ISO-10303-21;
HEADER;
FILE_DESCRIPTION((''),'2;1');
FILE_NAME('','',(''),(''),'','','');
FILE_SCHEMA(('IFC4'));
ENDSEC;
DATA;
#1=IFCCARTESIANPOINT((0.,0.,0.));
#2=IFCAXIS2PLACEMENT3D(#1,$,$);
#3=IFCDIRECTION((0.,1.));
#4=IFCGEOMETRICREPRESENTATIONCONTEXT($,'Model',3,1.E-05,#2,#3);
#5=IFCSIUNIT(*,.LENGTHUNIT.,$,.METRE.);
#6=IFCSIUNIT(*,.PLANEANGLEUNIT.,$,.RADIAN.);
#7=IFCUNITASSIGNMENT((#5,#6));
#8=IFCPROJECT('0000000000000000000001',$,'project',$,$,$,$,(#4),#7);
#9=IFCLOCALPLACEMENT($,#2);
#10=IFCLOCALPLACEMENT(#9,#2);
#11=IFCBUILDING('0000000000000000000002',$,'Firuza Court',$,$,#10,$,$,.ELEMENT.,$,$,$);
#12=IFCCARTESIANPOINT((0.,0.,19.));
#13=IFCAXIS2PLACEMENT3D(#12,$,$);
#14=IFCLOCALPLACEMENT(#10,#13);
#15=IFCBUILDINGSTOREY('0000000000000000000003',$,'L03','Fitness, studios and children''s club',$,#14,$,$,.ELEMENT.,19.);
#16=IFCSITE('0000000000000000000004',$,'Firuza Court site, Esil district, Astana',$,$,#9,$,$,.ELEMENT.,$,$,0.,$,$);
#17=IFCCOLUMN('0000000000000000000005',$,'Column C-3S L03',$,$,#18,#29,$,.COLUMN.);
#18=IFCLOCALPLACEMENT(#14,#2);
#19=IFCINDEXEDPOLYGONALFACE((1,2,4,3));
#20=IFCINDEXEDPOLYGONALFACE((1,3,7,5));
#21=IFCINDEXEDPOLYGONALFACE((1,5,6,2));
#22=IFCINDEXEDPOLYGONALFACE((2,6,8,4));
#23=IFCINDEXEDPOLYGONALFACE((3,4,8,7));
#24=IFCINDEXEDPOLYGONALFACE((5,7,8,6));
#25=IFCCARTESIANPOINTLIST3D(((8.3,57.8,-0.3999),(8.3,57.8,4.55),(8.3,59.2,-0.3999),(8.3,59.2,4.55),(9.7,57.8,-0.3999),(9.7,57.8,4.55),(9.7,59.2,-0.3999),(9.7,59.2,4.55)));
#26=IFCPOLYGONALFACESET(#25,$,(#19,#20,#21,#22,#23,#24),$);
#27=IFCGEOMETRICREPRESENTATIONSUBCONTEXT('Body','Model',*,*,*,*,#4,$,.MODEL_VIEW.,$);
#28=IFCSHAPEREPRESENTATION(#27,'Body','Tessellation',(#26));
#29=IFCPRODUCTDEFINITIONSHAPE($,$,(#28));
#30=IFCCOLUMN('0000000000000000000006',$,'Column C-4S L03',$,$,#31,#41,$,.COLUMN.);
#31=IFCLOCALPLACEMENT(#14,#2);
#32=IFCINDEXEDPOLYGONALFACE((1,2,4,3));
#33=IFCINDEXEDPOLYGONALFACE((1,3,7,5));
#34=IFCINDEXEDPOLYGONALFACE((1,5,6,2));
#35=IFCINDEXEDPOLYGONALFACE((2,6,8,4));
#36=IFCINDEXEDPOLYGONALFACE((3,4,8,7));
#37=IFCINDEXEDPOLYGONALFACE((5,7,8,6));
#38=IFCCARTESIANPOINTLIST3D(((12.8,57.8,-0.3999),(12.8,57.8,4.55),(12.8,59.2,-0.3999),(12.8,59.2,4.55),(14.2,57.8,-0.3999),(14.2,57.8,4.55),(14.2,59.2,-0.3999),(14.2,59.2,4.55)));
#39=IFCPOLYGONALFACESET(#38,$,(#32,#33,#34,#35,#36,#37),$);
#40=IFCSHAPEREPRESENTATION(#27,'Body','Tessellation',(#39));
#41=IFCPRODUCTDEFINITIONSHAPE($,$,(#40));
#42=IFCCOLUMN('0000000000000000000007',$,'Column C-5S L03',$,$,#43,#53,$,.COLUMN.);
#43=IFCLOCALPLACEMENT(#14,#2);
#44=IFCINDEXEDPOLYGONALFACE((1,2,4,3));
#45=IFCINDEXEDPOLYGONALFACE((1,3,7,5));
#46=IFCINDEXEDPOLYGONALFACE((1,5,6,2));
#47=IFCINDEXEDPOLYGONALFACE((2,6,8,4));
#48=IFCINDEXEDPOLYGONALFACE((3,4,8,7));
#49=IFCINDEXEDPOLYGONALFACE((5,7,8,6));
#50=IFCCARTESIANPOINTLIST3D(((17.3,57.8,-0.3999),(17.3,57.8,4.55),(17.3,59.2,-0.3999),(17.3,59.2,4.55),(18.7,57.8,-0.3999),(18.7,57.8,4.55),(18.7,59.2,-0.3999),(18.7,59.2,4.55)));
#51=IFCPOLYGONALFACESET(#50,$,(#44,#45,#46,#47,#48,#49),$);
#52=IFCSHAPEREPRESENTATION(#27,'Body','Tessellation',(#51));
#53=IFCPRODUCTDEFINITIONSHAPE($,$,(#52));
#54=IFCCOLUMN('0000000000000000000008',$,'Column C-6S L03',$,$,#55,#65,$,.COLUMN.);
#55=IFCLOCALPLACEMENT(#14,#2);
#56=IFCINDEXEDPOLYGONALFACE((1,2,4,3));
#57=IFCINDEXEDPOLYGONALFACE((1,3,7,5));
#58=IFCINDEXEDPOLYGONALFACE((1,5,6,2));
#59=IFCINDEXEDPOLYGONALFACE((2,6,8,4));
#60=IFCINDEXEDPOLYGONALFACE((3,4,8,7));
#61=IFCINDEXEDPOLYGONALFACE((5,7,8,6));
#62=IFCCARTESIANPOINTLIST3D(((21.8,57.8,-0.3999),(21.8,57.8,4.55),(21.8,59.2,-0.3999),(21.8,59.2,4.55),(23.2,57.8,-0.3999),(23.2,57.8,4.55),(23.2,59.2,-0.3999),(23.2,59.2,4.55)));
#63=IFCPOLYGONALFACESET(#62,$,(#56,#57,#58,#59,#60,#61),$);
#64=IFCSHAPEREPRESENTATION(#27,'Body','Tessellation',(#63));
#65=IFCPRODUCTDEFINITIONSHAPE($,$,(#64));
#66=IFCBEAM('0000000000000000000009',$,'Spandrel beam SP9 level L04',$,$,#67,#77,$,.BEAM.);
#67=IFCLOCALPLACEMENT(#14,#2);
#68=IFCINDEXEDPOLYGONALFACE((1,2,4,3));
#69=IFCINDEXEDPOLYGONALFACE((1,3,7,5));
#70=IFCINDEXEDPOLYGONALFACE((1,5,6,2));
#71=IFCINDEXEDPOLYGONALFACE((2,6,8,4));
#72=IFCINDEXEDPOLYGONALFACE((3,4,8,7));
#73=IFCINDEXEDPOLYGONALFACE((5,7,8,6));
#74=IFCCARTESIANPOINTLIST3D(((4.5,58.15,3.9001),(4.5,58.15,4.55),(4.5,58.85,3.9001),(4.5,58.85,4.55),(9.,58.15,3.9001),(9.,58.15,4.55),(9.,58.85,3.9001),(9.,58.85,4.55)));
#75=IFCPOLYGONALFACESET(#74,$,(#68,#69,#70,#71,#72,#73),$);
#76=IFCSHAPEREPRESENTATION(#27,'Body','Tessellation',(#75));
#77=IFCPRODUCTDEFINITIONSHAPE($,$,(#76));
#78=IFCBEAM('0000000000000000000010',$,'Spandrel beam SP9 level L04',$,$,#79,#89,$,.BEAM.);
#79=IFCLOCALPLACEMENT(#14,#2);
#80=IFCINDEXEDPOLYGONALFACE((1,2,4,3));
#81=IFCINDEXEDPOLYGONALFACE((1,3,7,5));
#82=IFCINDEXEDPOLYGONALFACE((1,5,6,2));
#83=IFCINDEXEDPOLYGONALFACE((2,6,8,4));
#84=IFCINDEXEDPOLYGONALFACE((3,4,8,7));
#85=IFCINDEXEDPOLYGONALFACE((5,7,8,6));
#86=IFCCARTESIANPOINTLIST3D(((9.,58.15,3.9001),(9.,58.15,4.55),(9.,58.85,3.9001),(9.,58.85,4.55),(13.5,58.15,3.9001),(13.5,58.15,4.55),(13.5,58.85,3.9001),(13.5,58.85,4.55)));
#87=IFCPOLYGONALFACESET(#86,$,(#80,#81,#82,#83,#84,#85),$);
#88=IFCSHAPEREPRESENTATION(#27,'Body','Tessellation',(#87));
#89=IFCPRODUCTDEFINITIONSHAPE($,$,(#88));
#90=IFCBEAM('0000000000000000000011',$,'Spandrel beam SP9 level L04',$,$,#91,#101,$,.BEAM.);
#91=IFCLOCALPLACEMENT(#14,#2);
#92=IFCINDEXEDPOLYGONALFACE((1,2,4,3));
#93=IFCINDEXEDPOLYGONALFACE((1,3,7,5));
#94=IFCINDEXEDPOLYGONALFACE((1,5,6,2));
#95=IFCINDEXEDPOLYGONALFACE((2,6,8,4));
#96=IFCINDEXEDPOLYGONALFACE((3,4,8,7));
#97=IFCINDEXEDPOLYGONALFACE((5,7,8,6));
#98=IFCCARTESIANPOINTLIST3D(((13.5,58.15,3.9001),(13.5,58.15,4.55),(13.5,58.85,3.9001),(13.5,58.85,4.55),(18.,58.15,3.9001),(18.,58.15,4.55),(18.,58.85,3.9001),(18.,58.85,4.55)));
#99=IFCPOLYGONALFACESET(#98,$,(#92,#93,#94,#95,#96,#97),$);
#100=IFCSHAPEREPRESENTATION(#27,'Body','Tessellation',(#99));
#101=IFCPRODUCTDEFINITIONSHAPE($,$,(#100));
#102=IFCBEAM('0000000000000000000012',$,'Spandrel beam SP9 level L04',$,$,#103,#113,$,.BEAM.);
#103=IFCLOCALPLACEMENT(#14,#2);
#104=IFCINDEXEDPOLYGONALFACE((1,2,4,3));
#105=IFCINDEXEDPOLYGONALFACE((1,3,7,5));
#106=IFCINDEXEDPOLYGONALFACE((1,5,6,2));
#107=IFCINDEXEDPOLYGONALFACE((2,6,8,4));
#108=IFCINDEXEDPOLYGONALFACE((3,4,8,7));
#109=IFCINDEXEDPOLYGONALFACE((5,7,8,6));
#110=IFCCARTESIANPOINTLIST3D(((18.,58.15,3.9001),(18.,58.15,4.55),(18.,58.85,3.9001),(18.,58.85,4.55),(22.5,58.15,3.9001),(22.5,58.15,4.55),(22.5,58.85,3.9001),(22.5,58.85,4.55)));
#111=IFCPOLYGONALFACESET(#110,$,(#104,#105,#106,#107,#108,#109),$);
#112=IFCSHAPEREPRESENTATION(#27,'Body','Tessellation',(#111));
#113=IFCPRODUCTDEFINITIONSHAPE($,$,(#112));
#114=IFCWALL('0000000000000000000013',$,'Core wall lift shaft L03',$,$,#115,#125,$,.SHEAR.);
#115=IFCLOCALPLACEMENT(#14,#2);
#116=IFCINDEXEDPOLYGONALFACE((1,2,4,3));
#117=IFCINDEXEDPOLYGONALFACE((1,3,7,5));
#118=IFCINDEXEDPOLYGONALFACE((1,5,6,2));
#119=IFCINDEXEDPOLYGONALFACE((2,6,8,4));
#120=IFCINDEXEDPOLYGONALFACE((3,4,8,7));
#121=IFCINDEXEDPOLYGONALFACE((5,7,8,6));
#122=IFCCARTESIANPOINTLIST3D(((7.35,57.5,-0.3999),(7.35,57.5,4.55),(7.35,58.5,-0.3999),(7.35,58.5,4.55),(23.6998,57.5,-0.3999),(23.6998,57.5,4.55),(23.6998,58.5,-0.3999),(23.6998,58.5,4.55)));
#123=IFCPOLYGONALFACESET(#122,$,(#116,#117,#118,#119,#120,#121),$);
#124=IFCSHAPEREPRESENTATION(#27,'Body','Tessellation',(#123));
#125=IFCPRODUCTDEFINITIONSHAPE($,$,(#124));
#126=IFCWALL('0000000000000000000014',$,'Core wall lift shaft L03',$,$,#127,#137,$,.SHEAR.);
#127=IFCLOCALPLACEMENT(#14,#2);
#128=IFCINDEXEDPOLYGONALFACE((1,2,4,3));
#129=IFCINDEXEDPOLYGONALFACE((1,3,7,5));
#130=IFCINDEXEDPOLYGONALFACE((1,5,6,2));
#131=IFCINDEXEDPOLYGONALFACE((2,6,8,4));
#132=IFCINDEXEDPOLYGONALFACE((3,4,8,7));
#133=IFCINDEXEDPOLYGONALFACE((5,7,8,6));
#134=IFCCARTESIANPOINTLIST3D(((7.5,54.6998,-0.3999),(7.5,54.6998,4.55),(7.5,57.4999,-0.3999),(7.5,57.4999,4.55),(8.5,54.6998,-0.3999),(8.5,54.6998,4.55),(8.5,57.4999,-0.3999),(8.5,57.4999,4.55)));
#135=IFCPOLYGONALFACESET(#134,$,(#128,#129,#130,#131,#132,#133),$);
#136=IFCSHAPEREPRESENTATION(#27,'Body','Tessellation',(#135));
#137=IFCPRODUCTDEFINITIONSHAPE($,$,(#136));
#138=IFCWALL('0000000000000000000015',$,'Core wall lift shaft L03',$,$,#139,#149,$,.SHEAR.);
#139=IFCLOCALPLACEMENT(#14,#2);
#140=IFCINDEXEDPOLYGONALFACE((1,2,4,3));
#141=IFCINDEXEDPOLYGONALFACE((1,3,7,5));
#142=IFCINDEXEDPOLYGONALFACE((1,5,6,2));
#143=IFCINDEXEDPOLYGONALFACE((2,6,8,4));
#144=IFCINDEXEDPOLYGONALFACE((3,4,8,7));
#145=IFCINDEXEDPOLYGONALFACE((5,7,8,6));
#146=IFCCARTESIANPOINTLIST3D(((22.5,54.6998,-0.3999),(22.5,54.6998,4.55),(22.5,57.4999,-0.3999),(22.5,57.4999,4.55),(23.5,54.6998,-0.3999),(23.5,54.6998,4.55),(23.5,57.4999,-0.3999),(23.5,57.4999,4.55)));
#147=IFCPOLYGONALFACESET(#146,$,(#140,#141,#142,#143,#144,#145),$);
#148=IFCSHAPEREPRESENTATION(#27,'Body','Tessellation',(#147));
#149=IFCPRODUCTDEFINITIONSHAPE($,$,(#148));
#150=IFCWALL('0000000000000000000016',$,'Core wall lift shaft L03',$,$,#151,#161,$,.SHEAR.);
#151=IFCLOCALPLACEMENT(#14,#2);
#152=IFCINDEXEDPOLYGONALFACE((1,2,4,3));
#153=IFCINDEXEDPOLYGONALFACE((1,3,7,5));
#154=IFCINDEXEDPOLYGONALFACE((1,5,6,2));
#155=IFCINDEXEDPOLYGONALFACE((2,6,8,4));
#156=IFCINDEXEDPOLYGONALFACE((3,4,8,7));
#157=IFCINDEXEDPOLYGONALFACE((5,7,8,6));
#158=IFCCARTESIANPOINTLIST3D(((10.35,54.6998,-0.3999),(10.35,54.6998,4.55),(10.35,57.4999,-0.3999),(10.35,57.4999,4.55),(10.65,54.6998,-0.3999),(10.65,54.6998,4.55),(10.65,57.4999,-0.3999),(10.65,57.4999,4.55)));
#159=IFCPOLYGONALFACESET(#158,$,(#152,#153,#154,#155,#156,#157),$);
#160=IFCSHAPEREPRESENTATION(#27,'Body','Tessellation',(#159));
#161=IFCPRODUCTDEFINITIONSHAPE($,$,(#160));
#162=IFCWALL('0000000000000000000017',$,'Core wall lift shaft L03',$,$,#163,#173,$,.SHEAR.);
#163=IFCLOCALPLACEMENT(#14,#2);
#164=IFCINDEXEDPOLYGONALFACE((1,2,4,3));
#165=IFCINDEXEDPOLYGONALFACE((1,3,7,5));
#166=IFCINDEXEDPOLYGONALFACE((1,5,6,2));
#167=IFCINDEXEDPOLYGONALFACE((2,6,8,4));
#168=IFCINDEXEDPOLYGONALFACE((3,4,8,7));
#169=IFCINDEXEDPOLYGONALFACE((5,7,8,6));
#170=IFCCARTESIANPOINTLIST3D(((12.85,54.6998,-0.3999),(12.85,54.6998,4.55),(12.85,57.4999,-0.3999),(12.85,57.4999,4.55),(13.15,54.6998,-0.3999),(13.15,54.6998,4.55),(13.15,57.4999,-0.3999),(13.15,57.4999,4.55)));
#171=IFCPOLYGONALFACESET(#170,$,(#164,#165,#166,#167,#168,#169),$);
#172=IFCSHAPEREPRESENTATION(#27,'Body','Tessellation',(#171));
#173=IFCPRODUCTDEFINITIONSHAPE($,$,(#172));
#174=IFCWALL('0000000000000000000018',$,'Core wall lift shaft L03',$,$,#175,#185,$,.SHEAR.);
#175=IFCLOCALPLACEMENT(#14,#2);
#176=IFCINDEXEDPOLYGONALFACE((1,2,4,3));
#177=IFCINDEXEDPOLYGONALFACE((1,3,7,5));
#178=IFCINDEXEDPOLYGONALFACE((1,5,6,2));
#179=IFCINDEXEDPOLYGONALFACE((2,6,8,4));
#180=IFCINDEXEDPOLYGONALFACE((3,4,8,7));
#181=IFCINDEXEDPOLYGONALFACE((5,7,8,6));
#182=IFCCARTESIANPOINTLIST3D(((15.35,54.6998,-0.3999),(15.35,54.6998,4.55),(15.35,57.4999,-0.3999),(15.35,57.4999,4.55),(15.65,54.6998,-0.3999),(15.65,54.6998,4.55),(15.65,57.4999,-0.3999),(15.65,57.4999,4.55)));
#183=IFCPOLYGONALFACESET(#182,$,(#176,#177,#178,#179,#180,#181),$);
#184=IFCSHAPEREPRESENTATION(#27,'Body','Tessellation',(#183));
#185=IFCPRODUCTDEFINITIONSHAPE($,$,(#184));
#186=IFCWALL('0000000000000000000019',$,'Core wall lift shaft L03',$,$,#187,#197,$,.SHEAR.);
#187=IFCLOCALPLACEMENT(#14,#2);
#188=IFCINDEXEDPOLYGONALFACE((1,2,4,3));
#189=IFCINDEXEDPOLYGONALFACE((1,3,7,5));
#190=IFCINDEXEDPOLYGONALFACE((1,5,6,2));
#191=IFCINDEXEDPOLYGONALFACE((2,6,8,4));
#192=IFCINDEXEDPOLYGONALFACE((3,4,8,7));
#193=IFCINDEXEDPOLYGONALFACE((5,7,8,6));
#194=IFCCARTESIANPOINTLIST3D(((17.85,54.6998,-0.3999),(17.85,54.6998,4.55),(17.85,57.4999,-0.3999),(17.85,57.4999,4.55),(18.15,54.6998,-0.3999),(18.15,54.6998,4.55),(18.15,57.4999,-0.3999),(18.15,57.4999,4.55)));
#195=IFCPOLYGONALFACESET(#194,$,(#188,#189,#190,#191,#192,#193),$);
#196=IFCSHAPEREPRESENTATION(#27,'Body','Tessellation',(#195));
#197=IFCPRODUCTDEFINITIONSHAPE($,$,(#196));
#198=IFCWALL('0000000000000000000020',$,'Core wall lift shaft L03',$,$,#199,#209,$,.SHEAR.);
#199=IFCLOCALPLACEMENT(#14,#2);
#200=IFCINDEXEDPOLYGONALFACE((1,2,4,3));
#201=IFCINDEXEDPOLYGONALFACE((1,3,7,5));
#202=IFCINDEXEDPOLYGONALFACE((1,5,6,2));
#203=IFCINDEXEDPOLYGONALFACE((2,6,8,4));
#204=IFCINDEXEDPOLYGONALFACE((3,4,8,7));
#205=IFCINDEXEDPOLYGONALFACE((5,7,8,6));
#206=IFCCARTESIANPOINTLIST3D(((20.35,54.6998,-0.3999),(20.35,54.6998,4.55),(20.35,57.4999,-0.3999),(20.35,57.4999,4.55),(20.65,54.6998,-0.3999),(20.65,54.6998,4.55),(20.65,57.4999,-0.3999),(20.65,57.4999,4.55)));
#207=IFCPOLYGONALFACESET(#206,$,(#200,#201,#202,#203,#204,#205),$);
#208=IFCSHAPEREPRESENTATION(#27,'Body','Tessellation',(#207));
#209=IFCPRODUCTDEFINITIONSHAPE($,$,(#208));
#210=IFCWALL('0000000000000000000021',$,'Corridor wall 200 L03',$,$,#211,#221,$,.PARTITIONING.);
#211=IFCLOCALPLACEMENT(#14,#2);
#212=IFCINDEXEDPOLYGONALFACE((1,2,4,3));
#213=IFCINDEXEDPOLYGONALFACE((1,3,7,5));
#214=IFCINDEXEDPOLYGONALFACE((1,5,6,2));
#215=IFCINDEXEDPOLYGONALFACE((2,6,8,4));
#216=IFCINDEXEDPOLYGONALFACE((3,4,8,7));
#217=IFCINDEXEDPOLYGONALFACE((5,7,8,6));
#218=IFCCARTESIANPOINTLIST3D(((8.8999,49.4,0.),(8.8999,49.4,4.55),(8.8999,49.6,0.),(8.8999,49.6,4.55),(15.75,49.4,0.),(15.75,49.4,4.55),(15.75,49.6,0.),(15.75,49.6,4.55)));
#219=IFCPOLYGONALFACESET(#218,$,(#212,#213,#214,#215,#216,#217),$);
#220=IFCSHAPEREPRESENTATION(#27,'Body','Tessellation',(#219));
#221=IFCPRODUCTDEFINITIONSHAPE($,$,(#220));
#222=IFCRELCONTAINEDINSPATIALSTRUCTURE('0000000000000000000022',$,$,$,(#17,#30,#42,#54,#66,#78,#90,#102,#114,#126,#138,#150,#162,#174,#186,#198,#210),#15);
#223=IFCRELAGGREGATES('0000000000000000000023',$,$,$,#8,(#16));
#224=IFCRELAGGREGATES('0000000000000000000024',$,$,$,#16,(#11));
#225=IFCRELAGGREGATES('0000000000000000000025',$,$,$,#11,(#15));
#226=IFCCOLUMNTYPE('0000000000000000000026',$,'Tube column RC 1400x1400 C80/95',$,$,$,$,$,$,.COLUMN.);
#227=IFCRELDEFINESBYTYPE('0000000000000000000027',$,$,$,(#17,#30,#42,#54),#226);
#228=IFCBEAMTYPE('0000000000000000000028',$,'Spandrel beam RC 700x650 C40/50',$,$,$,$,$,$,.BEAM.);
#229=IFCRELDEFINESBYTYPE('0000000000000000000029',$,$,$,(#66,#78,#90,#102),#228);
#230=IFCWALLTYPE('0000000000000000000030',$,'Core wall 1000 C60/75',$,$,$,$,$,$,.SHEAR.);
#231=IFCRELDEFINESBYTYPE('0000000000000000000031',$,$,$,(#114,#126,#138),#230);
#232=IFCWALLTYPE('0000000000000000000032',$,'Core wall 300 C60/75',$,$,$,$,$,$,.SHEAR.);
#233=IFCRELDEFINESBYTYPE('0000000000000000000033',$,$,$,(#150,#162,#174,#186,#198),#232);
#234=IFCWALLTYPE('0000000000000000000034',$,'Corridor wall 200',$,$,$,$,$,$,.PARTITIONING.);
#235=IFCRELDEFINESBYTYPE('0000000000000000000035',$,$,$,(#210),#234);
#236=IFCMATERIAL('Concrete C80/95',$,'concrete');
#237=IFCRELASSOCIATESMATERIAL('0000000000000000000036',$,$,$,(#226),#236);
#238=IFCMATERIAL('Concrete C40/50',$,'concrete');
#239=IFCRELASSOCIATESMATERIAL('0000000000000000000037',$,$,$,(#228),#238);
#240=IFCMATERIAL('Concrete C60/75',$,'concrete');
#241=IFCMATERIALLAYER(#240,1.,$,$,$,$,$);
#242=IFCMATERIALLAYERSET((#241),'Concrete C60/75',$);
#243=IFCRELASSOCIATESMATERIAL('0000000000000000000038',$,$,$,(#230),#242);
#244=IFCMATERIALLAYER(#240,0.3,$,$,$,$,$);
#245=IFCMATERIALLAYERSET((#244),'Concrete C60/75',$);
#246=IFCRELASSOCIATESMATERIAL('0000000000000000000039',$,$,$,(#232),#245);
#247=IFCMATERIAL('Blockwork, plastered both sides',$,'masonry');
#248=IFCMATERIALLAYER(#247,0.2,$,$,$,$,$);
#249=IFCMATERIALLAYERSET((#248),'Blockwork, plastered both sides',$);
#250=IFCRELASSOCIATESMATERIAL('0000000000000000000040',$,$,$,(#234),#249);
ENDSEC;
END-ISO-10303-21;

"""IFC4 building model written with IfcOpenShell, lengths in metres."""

from ifc_helpers import new_model, si_unit, direction, frame, frame_2d, origin, origin_2d, place, context, subcontext, project, spatial, rectangle, extrude, material, layer, layer_set, material_profile, profile_set, type_object, element, save


model = new_model("IFC4")

# Units and contexts
model_context = context("Model", 3, precision=1e-05, world=origin(), true_north=direction((0.0, 1.0)))
body_context = subcontext(model_context, "Body", "Model", "MODEL_VIEW")
ifc_project = project(units=[si_unit("LENGTHUNIT", "METRE"), si_unit("PLANEANGLEUNIT", "RADIAN")], contexts=[model_context])

# Site, building, storey
site_placement = place(None, origin())
site = spatial("IfcSite", under=ifc_project, at=site_placement, Name="Firuza Court site, Esil district, Astana", CompositionType="ELEMENT", RefElevation=0.0)
building_placement = place(site_placement, origin())
building = spatial("IfcBuilding", under=site, at=building_placement, Name="Firuza Court", CompositionType="ELEMENT")
storey_placement = place(building_placement, frame((0.0, 0.0, 19.0)))
storey = spatial("IfcBuildingStorey", under=building, at=storey_placement, Name="L03", Description="Fitness, studios and children's club", CompositionType="ELEMENT", Elevation=19.0)

# Columns
ifc_material_1 = material(Name="Concrete C80/95", Category="concrete")
ifc_material_profile_1 = material_profile(ifc_material_1, rectangle(XDim=1.3999, YDim=1.3999, at=origin_2d()), Name="RC 1400x1400")
ifc_profile_set_1 = profile_set([ifc_material_profile_1], Name="Concrete C80/95")
column_type = type_object("IfcColumnType", Name="Tube column RC 1400x1400 C80/95", PredefinedType="COLUMN", material=ifc_profile_set_1)
for number, where, z_axis, x_axis, name in (
    (1, (9.0, 58.5, -0.3999), (0.0, 0.0, 1.0), (1.0, 0.0, 0.0), "Column C-3S L03"),
    (2, (13.5, 58.5, -0.3999), (0.0, 0.0, 1.0), (1.0, 0.0, 0.0), "Column C-4S L03"),
    (3, (18.0, 58.5, -0.3999), (0.0, 0.0, 1.0), (1.0, 0.0, 0.0), "Column C-5S L03"),
    (4, (22.5, 58.5, -0.3999), (0.0, 0.0, 1.0), (1.0, 0.0, 0.0), "Column C-6S L03"),
):
    element("IfcColumn", number, at=place(storey_placement, frame(where, z_axis=z_axis, x_axis=x_axis)), inside=storey, type_object=column_type, Name=name, PredefinedType="COLUMN", context=body_context, shape_type="SweptSolid", body=[
        extrude(rectangle(XDim=1.3999, YDim=1.3999, at=origin_2d()), origin(), (0.0, 0.0, 1.0), 4.95),
    ])

# Beams
ifc_material_2 = material(Name="Concrete C40/50", Category="concrete")
ifc_material_profile_2 = material_profile(ifc_material_2, rectangle(XDim=0.7, YDim=0.6499, at=origin_2d()), Name="RC 700x650")
ifc_profile_set_2 = profile_set([ifc_material_profile_2], Name="Concrete C40/50")
beam_type = type_object("IfcBeamType", Name="Spandrel beam RC 700x650 C40/50", PredefinedType="BEAM", material=ifc_profile_set_2)
for number, where, z_axis, x_axis, name in (
    (5, (9.0, 58.5, 4.2251), (-1.0, 0.0, 0.0), (0.0, -1.0, 0.0), "Spandrel beam SP9 level L04"),
    (6, (13.5, 58.5, 4.2251), (-1.0, 0.0, 0.0), (0.0, -1.0, 0.0), "Spandrel beam SP9 level L04"),
    (7, (18.0, 58.5, 4.2251), (-1.0, 0.0, 0.0), (0.0, -1.0, 0.0), "Spandrel beam SP9 level L04"),
    (8, (22.5, 58.5, 4.2251), (-1.0, 0.0, 0.0), (0.0, -1.0, 0.0), "Spandrel beam SP9 level L04"),
):
    element("IfcBeam", number, at=place(storey_placement, frame(where, z_axis=z_axis, x_axis=x_axis)), inside=storey, type_object=beam_type, Name=name, PredefinedType="BEAM", context=body_context, shape_type="SweptSolid", body=[
        extrude(rectangle(XDim=0.7, YDim=0.6499, at=origin_2d()), origin(), (0.0, 0.0, 1.0), 4.5),
    ])

# Walls
ifc_material_3 = material(Name="Concrete C60/75", Category="concrete")
ifc_layer_1 = layer(ifc_material_3, 1.0)
ifc_layer_set_1 = layer_set([ifc_layer_1], Name="Concrete C60/75")
wall_type_1 = type_object("IfcWallType", Name="Core wall 1000 C60/75", PredefinedType="SHEAR", material=ifc_layer_set_1)
wall_1_placement = place(storey_placement, frame((7.3501, 58.0, -0.3999), z_axis=(0.0, 0.0, 1.0), x_axis=(1.0, 0.0, 0.0)))
element("IfcWall", 9, at=wall_1_placement, inside=storey, type_object=wall_type_1, Name="Core wall lift shaft L03", PredefinedType="SHEAR", context=body_context, shape_type="SweptSolid", body=[
    extrude(rectangle(XDim=16.3499, YDim=1.0, at=frame_2d((8.1748, 0.0))), origin(), (0.0, 0.0, 1.0), 4.95),
])
for number, where, z_axis, x_axis, name in (
    (10, (8.0, 54.7, -0.3999), (0.0, 0.0, 1.0), (0.0, 1.0, 0.0), "Core wall lift shaft L03"),
    (11, (23.0, 54.7, -0.3999), (0.0, 0.0, 1.0), (0.0, 1.0, 0.0), "Core wall lift shaft L03"),
):
    element("IfcWall", number, at=place(storey_placement, frame(where, z_axis=z_axis, x_axis=x_axis)), inside=storey, type_object=wall_type_1, Name=name, PredefinedType="SHEAR", context=body_context, shape_type="SweptSolid", body=[
        extrude(rectangle(XDim=2.8, YDim=1.0, at=frame_2d((1.3999, 0.0))), origin(), (0.0, 0.0, 1.0), 4.95),
    ])
ifc_layer_2 = layer(ifc_material_3, 0.3)
ifc_layer_set_2 = layer_set([ifc_layer_2], Name="Concrete C60/75")
wall_type_2 = type_object("IfcWallType", Name="Core wall 300 C60/75", PredefinedType="SHEAR", material=ifc_layer_set_2)
for number, where, z_axis, x_axis, name in (
    (12, (10.5, 54.7, -0.3999), (0.0, 0.0, 1.0), (0.0, 1.0, 0.0), "Core wall lift shaft L03"),
    (13, (13.0, 54.7, -0.3999), (0.0, 0.0, 1.0), (0.0, 1.0, 0.0), "Core wall lift shaft L03"),
    (14, (15.5, 54.7, -0.3999), (0.0, 0.0, 1.0), (0.0, 1.0, 0.0), "Core wall lift shaft L03"),
    (15, (18.0, 54.7, -0.3999), (0.0, 0.0, 1.0), (0.0, 1.0, 0.0), "Core wall lift shaft L03"),
    (16, (20.5, 54.7, -0.3999), (0.0, 0.0, 1.0), (0.0, 1.0, 0.0), "Core wall lift shaft L03"),
):
    element("IfcWall", number, at=place(storey_placement, frame(where, z_axis=z_axis, x_axis=x_axis)), inside=storey, type_object=wall_type_2, Name=name, PredefinedType="SHEAR", context=body_context, shape_type="SweptSolid", body=[
        extrude(rectangle(XDim=2.8, YDim=0.3, at=frame_2d((1.3999, 0.0))), origin(), (0.0, 0.0, 1.0), 4.95),
    ])
ifc_material_4 = material(Name="Blockwork, plastered both sides", Category="masonry")
ifc_layer_3 = layer(ifc_material_4, 0.2)
ifc_layer_set_3 = layer_set([ifc_layer_3], Name="Blockwork, plastered both sides")
wall_type_3 = type_object("IfcWallType", Name="Corridor wall 200", PredefinedType="PARTITIONING", material=ifc_layer_set_3)
wall_2_placement = place(storey_placement, frame((8.8999, 49.5, 0.0), z_axis=(0.0, 0.0, 1.0), x_axis=(1.0, 0.0, 0.0)))
element("IfcWall", 17, at=wall_2_placement, inside=storey, type_object=wall_type_3, Name="Corridor wall 200 L03", PredefinedType="PARTITIONING", context=body_context, shape_type="SweptSolid", body=[
    extrude(rectangle(XDim=6.8501, YDim=0.2, at=frame_2d((3.425, 0.0))), origin(), (0.0, 0.0, 1.0), 4.55),
])

save(model, "model.ifc")
